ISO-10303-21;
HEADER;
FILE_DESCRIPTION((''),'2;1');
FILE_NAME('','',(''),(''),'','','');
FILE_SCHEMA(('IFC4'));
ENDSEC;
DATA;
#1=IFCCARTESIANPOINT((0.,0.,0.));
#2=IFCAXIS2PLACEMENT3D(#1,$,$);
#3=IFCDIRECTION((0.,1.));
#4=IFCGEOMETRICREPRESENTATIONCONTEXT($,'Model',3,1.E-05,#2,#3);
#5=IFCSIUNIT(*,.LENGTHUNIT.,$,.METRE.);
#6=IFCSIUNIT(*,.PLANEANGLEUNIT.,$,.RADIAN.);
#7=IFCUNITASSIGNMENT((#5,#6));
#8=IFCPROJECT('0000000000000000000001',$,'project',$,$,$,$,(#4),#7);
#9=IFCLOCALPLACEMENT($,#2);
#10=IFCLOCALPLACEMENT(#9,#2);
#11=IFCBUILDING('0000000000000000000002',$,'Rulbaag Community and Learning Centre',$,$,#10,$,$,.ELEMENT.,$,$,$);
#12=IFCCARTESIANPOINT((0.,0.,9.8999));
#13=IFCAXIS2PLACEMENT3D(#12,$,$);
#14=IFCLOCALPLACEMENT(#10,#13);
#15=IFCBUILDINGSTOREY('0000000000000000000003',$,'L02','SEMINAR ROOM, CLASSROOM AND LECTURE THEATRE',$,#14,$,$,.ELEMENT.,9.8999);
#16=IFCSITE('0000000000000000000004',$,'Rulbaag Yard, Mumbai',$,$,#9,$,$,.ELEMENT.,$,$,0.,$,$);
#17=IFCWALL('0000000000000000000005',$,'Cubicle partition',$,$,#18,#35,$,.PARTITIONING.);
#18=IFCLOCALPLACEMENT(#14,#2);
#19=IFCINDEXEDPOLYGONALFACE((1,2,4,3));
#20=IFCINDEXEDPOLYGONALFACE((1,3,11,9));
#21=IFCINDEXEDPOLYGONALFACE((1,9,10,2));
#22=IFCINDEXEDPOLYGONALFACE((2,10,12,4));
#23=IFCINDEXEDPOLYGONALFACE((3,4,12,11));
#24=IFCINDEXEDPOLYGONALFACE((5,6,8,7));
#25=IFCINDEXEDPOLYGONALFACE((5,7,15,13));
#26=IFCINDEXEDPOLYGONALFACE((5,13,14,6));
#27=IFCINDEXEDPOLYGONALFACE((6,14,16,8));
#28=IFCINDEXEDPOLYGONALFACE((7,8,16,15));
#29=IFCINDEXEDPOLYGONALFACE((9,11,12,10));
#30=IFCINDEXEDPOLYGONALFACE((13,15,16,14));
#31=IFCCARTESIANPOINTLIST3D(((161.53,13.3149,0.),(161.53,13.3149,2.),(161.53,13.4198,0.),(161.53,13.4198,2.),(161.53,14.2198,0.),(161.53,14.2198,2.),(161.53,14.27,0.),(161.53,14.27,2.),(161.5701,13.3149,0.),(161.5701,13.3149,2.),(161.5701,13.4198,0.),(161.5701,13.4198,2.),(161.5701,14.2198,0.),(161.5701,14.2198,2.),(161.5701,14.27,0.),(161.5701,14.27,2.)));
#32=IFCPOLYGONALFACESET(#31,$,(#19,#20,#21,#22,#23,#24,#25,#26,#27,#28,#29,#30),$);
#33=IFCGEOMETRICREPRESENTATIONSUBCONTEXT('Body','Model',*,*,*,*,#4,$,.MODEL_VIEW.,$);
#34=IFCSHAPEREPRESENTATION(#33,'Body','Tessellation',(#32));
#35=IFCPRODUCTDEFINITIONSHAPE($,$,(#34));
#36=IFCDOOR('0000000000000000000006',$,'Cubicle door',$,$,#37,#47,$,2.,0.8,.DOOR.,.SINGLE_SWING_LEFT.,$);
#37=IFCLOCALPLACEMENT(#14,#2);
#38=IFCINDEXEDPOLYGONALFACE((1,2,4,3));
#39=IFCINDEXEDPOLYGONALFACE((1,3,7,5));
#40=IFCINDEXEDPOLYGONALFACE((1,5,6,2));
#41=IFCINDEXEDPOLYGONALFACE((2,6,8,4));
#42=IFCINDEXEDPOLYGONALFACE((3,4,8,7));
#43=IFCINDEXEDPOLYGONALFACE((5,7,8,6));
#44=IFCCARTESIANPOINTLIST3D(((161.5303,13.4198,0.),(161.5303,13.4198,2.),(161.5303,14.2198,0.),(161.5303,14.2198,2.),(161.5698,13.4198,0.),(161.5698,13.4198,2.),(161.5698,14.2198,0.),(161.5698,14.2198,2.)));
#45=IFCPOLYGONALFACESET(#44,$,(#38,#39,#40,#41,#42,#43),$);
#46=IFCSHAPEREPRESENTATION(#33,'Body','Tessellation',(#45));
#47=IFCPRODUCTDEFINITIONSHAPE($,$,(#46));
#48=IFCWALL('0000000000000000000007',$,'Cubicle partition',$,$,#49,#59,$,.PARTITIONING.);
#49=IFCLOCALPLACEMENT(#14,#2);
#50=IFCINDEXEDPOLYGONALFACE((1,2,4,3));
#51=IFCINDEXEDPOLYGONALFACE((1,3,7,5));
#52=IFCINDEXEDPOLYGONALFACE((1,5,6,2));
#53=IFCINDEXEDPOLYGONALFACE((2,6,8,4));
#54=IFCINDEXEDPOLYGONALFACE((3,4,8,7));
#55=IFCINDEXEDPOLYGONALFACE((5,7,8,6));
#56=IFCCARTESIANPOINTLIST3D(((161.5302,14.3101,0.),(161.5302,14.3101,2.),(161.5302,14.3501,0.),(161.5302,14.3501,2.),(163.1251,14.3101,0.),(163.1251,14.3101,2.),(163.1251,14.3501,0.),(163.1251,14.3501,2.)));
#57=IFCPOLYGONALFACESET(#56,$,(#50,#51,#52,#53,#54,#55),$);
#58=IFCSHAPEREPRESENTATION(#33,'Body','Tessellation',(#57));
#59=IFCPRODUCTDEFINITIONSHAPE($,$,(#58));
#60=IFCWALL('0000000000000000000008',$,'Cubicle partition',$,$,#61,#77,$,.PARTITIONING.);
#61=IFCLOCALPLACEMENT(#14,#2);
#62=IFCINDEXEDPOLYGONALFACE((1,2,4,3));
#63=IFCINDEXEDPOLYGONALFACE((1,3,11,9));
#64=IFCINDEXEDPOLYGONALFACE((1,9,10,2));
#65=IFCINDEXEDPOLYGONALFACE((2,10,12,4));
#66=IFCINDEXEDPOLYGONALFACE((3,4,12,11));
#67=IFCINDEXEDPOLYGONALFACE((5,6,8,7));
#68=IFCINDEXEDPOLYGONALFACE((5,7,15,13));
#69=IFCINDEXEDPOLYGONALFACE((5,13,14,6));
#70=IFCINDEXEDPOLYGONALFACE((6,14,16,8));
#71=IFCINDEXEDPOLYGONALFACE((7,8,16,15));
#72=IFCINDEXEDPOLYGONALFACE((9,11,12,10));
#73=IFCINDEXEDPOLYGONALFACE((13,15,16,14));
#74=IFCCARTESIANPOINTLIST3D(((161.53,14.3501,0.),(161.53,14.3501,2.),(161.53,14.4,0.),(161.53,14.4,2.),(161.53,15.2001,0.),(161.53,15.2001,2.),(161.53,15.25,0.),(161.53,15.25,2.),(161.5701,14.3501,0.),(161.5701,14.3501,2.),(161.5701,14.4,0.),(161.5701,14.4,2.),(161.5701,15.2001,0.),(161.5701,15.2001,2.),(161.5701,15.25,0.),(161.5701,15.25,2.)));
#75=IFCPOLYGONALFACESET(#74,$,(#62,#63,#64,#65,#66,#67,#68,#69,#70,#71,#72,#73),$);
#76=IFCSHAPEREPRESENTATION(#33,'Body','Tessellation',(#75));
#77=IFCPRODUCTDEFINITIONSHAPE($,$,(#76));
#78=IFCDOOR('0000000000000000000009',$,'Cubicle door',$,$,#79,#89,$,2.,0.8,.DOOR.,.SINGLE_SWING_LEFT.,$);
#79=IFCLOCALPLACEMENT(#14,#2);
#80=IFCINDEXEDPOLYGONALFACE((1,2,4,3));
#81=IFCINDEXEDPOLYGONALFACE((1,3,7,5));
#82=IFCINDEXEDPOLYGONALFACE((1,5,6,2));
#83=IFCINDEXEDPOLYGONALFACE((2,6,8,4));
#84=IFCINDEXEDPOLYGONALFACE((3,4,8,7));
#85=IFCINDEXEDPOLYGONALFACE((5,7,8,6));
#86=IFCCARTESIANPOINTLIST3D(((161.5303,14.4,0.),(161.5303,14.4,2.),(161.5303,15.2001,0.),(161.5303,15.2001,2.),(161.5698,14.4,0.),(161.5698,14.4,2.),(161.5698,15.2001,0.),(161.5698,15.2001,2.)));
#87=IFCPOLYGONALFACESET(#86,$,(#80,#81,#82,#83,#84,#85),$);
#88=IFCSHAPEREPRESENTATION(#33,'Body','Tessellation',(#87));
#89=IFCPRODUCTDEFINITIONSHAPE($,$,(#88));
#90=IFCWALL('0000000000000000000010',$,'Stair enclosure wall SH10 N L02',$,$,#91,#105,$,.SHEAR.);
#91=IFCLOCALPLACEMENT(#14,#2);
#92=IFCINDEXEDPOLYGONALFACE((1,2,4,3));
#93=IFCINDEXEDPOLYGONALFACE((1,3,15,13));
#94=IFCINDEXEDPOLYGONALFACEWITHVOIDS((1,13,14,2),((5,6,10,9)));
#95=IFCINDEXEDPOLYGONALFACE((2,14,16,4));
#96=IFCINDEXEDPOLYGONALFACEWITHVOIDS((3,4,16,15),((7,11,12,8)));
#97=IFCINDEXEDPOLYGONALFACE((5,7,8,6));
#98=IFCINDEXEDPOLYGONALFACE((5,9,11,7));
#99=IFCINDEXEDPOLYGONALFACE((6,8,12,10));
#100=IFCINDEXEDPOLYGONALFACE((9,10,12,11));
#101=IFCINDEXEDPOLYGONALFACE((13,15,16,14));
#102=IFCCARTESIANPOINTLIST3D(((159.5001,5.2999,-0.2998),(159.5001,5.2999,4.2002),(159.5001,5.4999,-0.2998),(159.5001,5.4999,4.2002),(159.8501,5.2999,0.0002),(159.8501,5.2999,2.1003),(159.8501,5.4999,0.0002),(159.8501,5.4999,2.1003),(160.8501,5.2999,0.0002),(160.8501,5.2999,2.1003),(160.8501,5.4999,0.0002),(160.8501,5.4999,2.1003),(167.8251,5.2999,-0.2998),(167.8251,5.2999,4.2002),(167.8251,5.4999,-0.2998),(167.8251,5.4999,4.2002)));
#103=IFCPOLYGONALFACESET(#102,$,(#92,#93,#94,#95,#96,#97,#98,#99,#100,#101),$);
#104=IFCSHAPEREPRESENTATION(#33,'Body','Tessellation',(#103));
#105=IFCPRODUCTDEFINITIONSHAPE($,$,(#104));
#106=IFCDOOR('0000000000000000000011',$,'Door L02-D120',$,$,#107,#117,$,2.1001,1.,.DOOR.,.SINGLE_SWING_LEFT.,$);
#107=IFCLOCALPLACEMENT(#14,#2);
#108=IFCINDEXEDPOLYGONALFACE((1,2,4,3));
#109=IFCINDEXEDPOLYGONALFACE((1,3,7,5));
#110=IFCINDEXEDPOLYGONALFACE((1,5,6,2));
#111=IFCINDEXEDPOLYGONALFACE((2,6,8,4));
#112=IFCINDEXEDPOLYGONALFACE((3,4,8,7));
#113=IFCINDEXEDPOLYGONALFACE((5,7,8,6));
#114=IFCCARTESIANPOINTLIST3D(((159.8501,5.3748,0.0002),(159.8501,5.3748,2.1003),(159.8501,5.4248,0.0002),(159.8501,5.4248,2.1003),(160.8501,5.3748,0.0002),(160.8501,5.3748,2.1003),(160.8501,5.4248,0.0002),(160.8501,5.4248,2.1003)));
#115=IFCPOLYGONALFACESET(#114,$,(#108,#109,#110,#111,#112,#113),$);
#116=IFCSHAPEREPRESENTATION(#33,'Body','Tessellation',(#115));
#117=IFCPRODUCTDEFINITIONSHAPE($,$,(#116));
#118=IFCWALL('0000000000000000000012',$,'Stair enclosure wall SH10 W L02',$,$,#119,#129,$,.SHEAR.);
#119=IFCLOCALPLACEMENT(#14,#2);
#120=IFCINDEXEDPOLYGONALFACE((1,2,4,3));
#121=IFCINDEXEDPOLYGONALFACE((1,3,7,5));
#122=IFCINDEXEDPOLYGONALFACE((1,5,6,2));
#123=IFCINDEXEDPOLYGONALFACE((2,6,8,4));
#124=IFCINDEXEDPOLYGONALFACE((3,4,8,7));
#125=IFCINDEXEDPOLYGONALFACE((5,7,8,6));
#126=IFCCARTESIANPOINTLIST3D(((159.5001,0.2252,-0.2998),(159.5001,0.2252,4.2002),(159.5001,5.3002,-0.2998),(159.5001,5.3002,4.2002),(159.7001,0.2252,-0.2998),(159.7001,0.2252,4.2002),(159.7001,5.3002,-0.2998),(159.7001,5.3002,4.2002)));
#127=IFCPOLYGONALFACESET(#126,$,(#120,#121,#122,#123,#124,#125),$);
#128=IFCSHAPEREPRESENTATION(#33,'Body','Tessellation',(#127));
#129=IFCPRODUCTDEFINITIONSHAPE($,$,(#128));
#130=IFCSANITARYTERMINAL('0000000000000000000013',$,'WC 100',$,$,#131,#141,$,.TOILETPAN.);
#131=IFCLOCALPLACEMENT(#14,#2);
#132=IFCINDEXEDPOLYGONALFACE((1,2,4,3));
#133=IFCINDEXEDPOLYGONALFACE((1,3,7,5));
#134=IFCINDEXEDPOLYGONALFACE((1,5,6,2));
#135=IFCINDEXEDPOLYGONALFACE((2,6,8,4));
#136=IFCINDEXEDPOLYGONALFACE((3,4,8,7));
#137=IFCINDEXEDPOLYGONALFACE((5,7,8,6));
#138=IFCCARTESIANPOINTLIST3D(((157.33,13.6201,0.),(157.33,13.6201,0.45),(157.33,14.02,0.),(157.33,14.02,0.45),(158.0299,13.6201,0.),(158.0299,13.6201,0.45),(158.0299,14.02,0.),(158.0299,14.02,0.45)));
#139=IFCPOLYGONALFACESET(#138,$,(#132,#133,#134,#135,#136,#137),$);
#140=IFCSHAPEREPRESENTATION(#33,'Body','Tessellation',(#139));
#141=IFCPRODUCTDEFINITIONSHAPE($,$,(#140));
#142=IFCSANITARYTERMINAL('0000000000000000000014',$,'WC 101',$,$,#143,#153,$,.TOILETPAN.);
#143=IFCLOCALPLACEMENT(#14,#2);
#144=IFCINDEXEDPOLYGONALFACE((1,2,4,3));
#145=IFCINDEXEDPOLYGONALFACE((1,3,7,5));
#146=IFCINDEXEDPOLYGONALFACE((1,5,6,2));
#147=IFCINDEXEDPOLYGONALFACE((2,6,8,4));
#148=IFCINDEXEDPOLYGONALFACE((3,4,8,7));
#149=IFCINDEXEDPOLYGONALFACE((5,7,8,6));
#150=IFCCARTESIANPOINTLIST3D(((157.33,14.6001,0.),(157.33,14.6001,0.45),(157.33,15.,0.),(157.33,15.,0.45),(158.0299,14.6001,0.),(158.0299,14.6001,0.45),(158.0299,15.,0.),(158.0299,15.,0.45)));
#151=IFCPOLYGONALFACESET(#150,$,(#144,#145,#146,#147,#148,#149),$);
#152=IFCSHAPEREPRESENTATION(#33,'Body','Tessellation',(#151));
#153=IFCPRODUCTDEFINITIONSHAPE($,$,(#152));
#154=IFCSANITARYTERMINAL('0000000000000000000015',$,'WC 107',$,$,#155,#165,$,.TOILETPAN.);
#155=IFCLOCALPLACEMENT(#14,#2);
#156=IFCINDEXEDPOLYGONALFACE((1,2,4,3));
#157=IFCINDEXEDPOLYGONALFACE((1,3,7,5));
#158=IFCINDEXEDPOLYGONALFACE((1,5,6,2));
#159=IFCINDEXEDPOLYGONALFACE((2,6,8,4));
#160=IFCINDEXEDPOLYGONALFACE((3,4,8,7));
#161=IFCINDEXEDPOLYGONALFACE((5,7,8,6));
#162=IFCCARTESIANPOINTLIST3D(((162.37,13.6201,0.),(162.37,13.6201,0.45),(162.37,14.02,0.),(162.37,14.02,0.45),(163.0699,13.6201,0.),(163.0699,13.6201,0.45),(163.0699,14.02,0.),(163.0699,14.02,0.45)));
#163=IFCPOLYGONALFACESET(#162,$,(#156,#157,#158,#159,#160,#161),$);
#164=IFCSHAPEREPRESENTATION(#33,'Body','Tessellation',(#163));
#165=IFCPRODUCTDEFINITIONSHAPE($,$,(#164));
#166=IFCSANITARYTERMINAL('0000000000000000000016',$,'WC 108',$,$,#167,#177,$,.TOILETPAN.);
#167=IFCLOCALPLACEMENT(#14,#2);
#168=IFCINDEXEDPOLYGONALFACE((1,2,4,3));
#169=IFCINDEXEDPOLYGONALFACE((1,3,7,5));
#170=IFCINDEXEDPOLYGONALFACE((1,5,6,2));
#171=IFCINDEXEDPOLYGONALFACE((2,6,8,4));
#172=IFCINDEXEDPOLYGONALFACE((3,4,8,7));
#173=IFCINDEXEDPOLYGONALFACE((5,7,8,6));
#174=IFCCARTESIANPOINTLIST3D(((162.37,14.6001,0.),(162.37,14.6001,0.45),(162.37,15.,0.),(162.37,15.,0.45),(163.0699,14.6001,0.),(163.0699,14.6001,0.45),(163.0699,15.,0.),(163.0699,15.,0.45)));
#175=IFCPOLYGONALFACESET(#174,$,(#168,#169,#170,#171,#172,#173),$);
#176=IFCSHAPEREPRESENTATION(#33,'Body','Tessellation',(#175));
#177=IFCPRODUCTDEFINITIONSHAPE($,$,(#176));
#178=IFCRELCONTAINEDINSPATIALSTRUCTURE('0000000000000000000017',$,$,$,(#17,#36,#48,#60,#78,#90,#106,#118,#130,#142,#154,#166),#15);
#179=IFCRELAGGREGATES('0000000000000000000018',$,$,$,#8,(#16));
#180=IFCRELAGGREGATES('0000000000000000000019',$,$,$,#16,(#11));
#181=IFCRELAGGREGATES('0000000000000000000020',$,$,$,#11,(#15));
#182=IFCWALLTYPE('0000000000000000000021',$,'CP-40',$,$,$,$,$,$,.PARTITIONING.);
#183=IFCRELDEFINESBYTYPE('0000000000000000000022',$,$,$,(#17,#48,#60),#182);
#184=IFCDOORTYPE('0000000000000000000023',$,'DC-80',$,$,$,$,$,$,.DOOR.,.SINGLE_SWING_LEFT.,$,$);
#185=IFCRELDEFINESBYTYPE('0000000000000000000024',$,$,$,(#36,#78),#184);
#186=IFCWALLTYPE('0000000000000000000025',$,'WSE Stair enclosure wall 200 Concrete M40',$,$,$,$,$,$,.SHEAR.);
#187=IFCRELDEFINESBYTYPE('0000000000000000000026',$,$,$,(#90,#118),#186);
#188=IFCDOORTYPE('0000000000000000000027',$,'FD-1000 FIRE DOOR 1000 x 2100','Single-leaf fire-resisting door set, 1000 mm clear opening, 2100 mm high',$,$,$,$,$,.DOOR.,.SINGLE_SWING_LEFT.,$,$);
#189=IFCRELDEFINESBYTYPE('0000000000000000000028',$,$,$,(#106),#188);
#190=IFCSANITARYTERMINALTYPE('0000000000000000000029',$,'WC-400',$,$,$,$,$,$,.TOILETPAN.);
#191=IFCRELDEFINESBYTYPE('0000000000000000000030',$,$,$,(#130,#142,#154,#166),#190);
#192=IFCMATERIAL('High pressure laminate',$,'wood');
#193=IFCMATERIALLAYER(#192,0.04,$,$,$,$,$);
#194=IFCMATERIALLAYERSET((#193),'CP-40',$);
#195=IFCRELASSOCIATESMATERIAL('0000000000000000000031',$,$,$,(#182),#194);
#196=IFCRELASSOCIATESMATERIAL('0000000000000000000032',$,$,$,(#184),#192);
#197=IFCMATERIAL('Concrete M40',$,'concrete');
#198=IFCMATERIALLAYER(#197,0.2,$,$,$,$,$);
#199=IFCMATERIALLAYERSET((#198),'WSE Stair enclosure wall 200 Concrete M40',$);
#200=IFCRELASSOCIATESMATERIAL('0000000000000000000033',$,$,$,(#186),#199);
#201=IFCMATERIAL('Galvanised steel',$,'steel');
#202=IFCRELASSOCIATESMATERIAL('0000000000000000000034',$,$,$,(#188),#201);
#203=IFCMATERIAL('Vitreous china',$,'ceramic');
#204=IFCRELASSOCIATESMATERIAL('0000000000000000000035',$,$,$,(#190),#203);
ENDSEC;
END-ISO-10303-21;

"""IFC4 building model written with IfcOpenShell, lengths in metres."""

from ifc_helpers import new_model, si_unit, direction, frame, frame_2d, origin, origin_2d, place, context, subcontext, project, spatial, rectangle, extrude, material, layer, layer_set, type_object, element, fill, save


model = new_model("IFC4")

# Units and contexts
model_context = context("Model", 3, precision=1e-05, world=origin(), true_north=direction((0.0, 1.0)))
body_context = subcontext(model_context, "Body", "Model", "MODEL_VIEW")
ifc_project = project(units=[si_unit("LENGTHUNIT", "METRE"), si_unit("PLANEANGLEUNIT", "RADIAN")], contexts=[model_context])

# Site, building, storey
site_placement = place(None, origin())
site = spatial("IfcSite", under=ifc_project, at=site_placement, Name="Rulbaag Yard, Mumbai", CompositionType="ELEMENT", RefElevation=0.0)
building_placement = place(site_placement, origin())
building = spatial("IfcBuilding", under=site, at=building_placement, Name="Rulbaag Community and Learning Centre", CompositionType="ELEMENT")
storey_placement = place(building_placement, frame((0.0, 0.0, 9.8999)))
storey = spatial("IfcBuildingStorey", under=building, at=storey_placement, Name="L02", Description="SEMINAR ROOM, CLASSROOM AND LECTURE THEATRE", CompositionType="ELEMENT", Elevation=9.8999)

# Shared definitions
ifc_material_1 = material(Name="Concrete M40", Category="concrete")

# Shared definitions
ifc_material_2 = material(Name="High pressure laminate", Category="wood")
ifc_layer_1 = layer(ifc_material_2, 0.04)
ifc_layer_set_1 = layer_set([ifc_layer_1], Name="CP-40")
wall_type_1 = type_object("IfcWallType", Name="CP-40", PredefinedType="PARTITIONING", material=ifc_layer_set_1)

# Shared definitions
door_type_1 = type_object("IfcDoorType", Name="DC-80", OperationType="SINGLE_SWING_LEFT", PredefinedType="DOOR", material=ifc_material_2)

# Wall, opening, door
wall_1_placement = place(storey_placement, frame((161.55, 13.3149, 0.0), z_axis=(0.0, 0.0, 1.0), x_axis=(0.0, 1.0, 0.0)))
wall_1 = element("IfcWall", 1, at=wall_1_placement, inside=storey, type_object=wall_type_1, Name="Cubicle partition", PredefinedType="PARTITIONING", context=body_context, shape_type="SweptSolid", body=[
    extrude(rectangle(XDim=0.9551, YDim=0.04, at=frame_2d((0.4775, 0.0))), origin(), (0.0, 0.0, 1.0), 2.0),
])
opening_1_placement = place(wall_1_placement, frame((0.105, 0.0, 0.0)))
opening_1 = element("IfcOpeningElement", 2, at=opening_1_placement, cuts=wall_1, PredefinedType="OPENING", context=body_context, shape_type="SweptSolid", body=[
    extrude(rectangle(XDim=0.8, YDim=2.0, at=frame_2d((0.3999, 1.0))), frame((0.0, 0.03, 0.0), z_axis=(0.0, -1.0, 0.0), x_axis=(1.0, 0.0, 0.0)), (0.0, 0.0, 1.0), 0.0601),
])
door_1_placement = place(opening_1_placement, origin())
door_1 = element("IfcDoor", 3, at=door_1_placement, inside=storey, type_object=door_type_1, Name="Cubicle door", OperationType="SINGLE_SWING_LEFT", OverallHeight=2.0, OverallWidth=0.8, PredefinedType="DOOR", context=body_context, shape_type="SweptSolid", body=[
    extrude(rectangle(XDim=0.8, YDim=2.0, at=frame_2d((0.3999, 1.0))), frame((0.0, 0.0198, 0.0), z_axis=(0.0, -1.0, 0.0), x_axis=(1.0, 0.0, 0.0)), (0.0, 0.0, 1.0), 0.0396),
])
fill(opening_1, door_1)

# Wall
wall_2_placement = place(storey_placement, frame((163.125, 14.3301, 0.0), z_axis=(0.0, 0.0, 1.0), x_axis=(-1.0, 0.0, 0.0)))
element("IfcWall", 4, at=wall_2_placement, inside=storey, type_object=wall_type_1, Name="Cubicle partition", PredefinedType="PARTITIONING", context=body_context, shape_type="SweptSolid", body=[
    extrude(rectangle(XDim=1.595, YDim=0.04, at=frame_2d((0.7974, 0.0))), origin(), (0.0, 0.0, 1.0), 2.0),
])

# Walls, openings, doors
wall_3_placement = place(storey_placement, frame((161.55, 14.3501, 0.0), z_axis=(0.0, 0.0, 1.0), x_axis=(0.0, 1.0, 0.0)))
wall_3 = element("IfcWall", 5, at=wall_3_placement, inside=storey, type_object=wall_type_1, Name="Cubicle partition", PredefinedType="PARTITIONING", context=body_context, shape_type="SweptSolid", body=[
    extrude(rectangle(XDim=0.8999, YDim=0.04, at=frame_2d((0.45, 0.0))), origin(), (0.0, 0.0, 1.0), 2.0),
])
opening_2_placement = place(wall_3_placement, frame((0.05, 0.0, 0.0)))
opening_2 = element("IfcOpeningElement", 6, at=opening_2_placement, cuts=wall_3, PredefinedType="OPENING", context=body_context, shape_type="SweptSolid", body=[
    extrude(rectangle(XDim=0.8, YDim=2.0, at=frame_2d((0.3999, 1.0))), frame((0.0, 0.03, 0.0), z_axis=(0.0, -1.0, 0.0), x_axis=(1.0, 0.0, 0.0)), (0.0, 0.0, 1.0), 0.0601),
])
door_2_placement = place(opening_2_placement, origin())
door_2 = element("IfcDoor", 7, at=door_2_placement, inside=storey, type_object=door_type_1, Name="Cubicle door", OperationType="SINGLE_SWING_LEFT", OverallHeight=2.0, OverallWidth=0.8, PredefinedType="DOOR", context=body_context, shape_type="SweptSolid", body=[
    extrude(rectangle(XDim=0.8, YDim=2.0, at=frame_2d((0.3999, 1.0))), frame((0.0, 0.0198, 0.0), z_axis=(0.0, -1.0, 0.0), x_axis=(1.0, 0.0, 0.0)), (0.0, 0.0, 1.0), 0.0396),
])
fill(opening_2, door_2)
ifc_layer_2 = layer(ifc_material_1, 0.2)
ifc_layer_set_2 = layer_set([ifc_layer_2], Name="WSE Stair enclosure wall 200 Concrete M40")
wall_type_2 = type_object("IfcWallType", Name="WSE Stair enclosure wall 200 Concrete M40", PredefinedType="SHEAR", material=ifc_layer_set_2)
wall_4_placement = place(storey_placement, frame((159.5, 5.3999, -0.2998), z_axis=(0.0, 0.0, 1.0), x_axis=(1.0, 0.0, 0.0)))
wall_4 = element("IfcWall", 8, at=wall_4_placement, inside=storey, type_object=wall_type_2, Name="Stair enclosure wall SH10 N L02", PredefinedType="SHEAR", context=body_context, shape_type="SweptSolid", body=[
    extrude(rectangle(XDim=8.325, YDim=0.2, at=frame_2d((4.1626, 0.0))), origin(), (0.0, 0.0, 1.0), 4.5),
])
opening_3_placement = place(wall_4_placement, frame((0.3501, 0.0, 0.3)))
opening_3 = element("IfcOpeningElement", 9, at=opening_3_placement, cuts=wall_4, PredefinedType="OPENING", context=body_context, shape_type="SweptSolid", body=[
    extrude(rectangle(XDim=1.0, YDim=2.1001, at=frame_2d((0.5, 1.05))), frame((0.0, 0.1099, 0.0), z_axis=(0.0, -1.0, 0.0), x_axis=(1.0, 0.0, 0.0)), (0.0, 0.0, 1.0), 0.22),
])
ifc_material_3 = material(Name="Galvanised steel", Category="steel")
door_type_2 = type_object("IfcDoorType", Name="FD-1000 FIRE DOOR 1000 x 2100", Description="Single-leaf fire-resisting door set, 1000 mm clear opening, 2100 mm high", OperationType="SINGLE_SWING_LEFT", PredefinedType="DOOR", material=ifc_material_3)
door_3_placement = place(opening_3_placement, origin())
door_3 = element("IfcDoor", 10, at=door_3_placement, inside=storey, type_object=door_type_2, Name="Door L02-D120", OperationType="SINGLE_SWING_LEFT", OverallHeight=2.1001, OverallWidth=1.0, PredefinedType="DOOR", context=body_context, shape_type="SweptSolid", body=[
    extrude(rectangle(XDim=1.0, YDim=2.1001, at=frame_2d((0.5, 1.05))), frame((0.0, 0.0249, 0.0), z_axis=(0.0, -1.0, 0.0), x_axis=(1.0, 0.0, 0.0)), (0.0, 0.0, 1.0), 0.05),
])
fill(opening_3, door_3)

# Wall
wall_5_placement = place(storey_placement, frame((159.6001, 0.2251, -0.2998), z_axis=(0.0, 0.0, 1.0), x_axis=(0.0, 1.0, 0.0)))
element("IfcWall", 11, at=wall_5_placement, inside=storey, type_object=wall_type_2, Name="Stair enclosure wall SH10 W L02", PredefinedType="SHEAR", context=body_context, shape_type="SweptSolid", body=[
    extrude(rectangle(XDim=5.075, YDim=0.2, at=frame_2d((2.5376, 0.0))), origin(), (0.0, 0.0, 1.0), 4.5),
])

# Sanitary terminals
ifc_material_4 = material(Name="Vitreous china", Category="ceramic")
sanitary_terminal_type = type_object("IfcSanitaryTerminalType", Name="WC-400", PredefinedType="TOILETPAN", material=ifc_material_4)
for number, where, z_axis, x_axis, name in (
    (12, (157.6799, 13.8201, 0.0), (0.0, 0.0, 1.0), (1.0, 0.0, 0.0), "WC 100"),
    (13, (157.6799, 14.8, 0.0), (0.0, 0.0, 1.0), (1.0, 0.0, 0.0), "WC 101"),
    (14, (162.72, 13.8201, 0.0), (0.0, 0.0, 1.0), (1.0, 0.0, 0.0), "WC 107"),
    (15, (162.72, 14.8, 0.0), (0.0, 0.0, 1.0), (1.0, 0.0, 0.0), "WC 108"),
):
    element("IfcSanitaryTerminal", number, at=place(storey_placement, frame(where, z_axis=z_axis, x_axis=x_axis)), inside=storey, type_object=sanitary_terminal_type, Name=name, PredefinedType="TOILETPAN", context=body_context, shape_type="SweptSolid", body=[
        extrude(rectangle(XDim=0.7, YDim=0.3999, at=origin_2d()), origin(), (0.0, 0.0, 1.0), 0.45),
    ])

save(model, "model.ifc")
